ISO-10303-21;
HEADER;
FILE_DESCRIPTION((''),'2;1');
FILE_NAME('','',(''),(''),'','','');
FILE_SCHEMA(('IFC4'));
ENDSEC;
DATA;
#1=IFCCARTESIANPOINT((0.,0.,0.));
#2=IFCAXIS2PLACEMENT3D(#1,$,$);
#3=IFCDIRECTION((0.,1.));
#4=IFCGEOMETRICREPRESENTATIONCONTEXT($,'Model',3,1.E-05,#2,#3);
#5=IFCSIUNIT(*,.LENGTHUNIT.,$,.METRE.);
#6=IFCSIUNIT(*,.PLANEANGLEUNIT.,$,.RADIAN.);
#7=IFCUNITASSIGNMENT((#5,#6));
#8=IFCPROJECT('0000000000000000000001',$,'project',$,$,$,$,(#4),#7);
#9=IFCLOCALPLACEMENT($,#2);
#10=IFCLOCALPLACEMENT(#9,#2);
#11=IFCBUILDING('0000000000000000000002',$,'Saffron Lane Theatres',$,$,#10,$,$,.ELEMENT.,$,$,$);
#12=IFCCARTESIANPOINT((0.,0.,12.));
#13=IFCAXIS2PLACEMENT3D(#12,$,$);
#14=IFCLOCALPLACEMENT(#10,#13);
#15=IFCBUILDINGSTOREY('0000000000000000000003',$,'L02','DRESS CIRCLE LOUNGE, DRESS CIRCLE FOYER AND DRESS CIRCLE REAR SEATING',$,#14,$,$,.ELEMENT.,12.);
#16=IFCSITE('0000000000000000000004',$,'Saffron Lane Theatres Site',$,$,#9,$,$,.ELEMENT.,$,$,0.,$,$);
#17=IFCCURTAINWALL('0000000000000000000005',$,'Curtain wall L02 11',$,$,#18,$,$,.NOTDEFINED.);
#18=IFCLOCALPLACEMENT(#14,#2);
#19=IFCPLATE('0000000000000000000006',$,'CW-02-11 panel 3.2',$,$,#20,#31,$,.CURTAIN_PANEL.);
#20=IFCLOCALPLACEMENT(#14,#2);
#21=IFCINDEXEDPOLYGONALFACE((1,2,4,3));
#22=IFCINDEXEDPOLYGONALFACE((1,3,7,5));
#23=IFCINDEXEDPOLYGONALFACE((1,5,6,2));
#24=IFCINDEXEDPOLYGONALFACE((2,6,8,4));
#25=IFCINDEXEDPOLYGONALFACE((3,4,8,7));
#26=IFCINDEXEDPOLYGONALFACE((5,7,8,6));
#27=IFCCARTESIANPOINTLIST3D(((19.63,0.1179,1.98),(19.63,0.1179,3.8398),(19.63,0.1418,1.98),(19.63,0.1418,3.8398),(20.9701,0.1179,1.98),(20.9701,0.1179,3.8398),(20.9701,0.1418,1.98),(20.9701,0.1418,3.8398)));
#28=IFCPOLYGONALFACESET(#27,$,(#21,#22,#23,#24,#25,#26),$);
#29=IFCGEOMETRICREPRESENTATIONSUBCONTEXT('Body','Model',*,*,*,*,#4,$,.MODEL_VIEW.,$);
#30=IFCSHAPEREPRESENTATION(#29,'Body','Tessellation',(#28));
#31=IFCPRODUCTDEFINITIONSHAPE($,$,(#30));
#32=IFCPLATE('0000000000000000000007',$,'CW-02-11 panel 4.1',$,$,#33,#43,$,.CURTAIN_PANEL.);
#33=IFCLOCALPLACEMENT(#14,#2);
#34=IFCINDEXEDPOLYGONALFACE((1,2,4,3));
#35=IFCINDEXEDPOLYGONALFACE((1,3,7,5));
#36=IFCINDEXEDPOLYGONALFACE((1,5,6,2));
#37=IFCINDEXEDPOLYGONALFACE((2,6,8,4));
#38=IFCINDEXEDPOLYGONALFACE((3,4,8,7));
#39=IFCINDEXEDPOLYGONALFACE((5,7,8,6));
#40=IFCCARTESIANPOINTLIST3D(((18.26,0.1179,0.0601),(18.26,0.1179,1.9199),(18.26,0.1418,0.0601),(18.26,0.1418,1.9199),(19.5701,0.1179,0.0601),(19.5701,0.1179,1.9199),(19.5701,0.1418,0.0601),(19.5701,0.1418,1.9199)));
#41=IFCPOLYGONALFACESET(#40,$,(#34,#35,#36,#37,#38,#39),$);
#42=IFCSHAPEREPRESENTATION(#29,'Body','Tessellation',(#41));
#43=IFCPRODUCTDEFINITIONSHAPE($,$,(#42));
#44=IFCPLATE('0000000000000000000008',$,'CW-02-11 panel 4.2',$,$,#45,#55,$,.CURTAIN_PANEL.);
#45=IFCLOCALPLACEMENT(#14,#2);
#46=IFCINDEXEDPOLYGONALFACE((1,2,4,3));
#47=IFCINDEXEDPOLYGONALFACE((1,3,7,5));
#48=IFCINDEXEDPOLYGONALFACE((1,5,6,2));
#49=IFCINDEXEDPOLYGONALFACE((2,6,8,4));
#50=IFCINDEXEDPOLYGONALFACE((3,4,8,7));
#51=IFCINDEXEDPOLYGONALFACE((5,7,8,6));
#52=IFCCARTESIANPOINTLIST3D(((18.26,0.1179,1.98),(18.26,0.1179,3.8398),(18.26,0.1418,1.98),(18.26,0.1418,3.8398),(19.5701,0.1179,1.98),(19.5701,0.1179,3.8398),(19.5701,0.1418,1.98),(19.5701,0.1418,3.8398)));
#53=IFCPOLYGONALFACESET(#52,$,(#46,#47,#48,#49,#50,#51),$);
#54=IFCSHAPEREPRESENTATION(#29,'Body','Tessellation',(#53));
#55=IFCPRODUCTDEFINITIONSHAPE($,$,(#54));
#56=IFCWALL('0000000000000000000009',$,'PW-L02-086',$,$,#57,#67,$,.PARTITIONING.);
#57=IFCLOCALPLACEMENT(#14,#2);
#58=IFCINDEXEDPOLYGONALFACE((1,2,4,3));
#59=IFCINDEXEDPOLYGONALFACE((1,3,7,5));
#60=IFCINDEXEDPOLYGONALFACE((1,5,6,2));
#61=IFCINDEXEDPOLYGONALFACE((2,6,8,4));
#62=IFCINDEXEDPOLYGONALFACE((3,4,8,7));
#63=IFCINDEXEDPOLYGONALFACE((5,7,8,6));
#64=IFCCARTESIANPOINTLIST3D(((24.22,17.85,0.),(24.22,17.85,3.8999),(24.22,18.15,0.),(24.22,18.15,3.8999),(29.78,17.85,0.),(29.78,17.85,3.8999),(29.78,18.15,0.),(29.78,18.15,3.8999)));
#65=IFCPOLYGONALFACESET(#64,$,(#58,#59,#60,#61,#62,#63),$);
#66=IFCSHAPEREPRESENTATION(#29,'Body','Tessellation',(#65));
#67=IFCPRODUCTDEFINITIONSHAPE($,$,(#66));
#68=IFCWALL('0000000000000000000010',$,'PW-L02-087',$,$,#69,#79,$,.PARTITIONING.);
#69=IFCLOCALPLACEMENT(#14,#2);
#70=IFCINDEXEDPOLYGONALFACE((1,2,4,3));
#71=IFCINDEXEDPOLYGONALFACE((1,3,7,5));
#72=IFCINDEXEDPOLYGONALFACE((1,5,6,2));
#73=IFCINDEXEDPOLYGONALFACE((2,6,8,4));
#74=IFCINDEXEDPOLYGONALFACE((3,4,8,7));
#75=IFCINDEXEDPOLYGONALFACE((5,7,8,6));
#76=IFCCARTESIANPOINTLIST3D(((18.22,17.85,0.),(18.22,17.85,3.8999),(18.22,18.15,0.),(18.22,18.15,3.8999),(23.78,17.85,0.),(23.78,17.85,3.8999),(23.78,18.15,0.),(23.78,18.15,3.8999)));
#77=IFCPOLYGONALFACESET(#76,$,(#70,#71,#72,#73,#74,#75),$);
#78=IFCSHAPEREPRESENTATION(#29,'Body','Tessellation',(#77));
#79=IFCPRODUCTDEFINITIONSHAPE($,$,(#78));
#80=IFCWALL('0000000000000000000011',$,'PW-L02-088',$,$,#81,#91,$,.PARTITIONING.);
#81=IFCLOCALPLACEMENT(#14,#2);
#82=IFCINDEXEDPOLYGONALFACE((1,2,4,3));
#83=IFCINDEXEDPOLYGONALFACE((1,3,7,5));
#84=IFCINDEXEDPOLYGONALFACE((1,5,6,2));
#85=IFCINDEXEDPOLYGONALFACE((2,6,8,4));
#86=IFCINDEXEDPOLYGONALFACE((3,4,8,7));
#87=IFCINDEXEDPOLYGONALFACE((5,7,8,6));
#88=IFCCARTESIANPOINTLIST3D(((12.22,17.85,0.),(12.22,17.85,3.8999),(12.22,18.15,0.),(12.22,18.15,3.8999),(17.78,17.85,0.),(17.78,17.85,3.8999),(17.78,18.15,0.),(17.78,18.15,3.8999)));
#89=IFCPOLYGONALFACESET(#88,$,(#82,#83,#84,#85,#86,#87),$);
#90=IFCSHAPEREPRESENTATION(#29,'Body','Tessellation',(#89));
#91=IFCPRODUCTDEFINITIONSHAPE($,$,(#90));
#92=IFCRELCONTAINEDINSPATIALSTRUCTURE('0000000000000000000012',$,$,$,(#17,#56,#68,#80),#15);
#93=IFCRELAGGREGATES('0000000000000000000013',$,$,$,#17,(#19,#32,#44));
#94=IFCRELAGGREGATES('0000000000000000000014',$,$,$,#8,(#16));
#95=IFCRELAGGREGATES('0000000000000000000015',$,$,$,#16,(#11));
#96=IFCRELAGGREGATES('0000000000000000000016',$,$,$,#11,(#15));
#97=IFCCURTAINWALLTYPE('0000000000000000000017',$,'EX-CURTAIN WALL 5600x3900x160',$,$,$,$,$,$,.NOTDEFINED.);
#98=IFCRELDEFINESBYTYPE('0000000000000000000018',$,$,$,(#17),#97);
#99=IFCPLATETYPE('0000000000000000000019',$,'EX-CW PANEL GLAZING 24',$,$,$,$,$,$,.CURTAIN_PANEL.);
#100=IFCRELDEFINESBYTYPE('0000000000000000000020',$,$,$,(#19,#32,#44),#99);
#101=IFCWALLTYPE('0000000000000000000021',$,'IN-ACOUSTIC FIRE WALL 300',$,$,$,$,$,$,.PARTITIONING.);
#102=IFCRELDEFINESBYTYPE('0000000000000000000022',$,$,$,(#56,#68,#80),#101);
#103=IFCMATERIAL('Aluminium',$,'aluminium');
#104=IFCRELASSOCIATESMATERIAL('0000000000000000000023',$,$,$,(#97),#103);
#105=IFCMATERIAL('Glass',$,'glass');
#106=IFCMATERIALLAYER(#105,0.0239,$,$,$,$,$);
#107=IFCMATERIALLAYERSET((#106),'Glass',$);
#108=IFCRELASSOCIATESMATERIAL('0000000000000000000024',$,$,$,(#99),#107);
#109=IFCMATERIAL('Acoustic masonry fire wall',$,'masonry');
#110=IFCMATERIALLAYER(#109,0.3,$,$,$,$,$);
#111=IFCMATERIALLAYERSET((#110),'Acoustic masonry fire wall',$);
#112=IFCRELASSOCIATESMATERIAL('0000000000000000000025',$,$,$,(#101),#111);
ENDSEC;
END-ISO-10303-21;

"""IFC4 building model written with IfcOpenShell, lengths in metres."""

from ifc_helpers import new_model, si_unit, direction, frame, frame_2d, origin, origin_2d, place, context, subcontext, project, spatial, rectangle, extrude, material, layer, layer_set, type_object, element, aggregate, save


model = new_model("IFC4")

# Units and contexts
model_context = context("Model", 3, precision=1e-05, world=origin(), true_north=direction((0.0, 1.0)))
body_context = subcontext(model_context, "Body", "Model", "MODEL_VIEW")
ifc_project = project(units=[si_unit("LENGTHUNIT", "METRE"), si_unit("PLANEANGLEUNIT", "RADIAN")], contexts=[model_context])

# Site, building, storey
site_placement = place(None, origin())
site = spatial("IfcSite", under=ifc_project, at=site_placement, Name="Saffron Lane Theatres Site", CompositionType="ELEMENT", RefElevation=0.0)
building_placement = place(site_placement, origin())
building = spatial("IfcBuilding", under=site, at=building_placement, Name="Saffron Lane Theatres", CompositionType="ELEMENT")
storey_placement = place(building_placement, frame((0.0, 0.0, 12.0)))
storey = spatial("IfcBuildingStorey", under=building, at=storey_placement, Name="L02", Description="DRESS CIRCLE LOUNGE, DRESS CIRCLE FOYER AND DRESS CIRCLE REAR SEATING", CompositionType="ELEMENT", Elevation=12.0)

# Shared definitions
ifc_material_1 = material(Name="Aluminium", Category="aluminium")
curtain_wall_type = type_object("IfcCurtainWallType", Name="EX-CURTAIN WALL 5600x3900x160", PredefinedType="NOTDEFINED", material=ifc_material_1)

# Curtain wall
curtain_wall_1_placement = place(storey_placement, origin())
curtain_wall_1 = element("IfcCurtainWall", 1, at=curtain_wall_1_placement, inside=storey, type_object=curtain_wall_type, Name="Curtain wall L02 11", PredefinedType="NOTDEFINED")

# Plates
ifc_material_2 = material(Name="Glass", Category="glass")
ifc_layer_1 = layer(ifc_material_2, 0.0239)
ifc_layer_set_1 = layer_set([ifc_layer_1], Name="Glass")
plate_type = type_object("IfcPlateType", Name="EX-CW PANEL GLAZING 24", PredefinedType="CURTAIN_PANEL", material=ifc_layer_set_1)
plate_1_placement = place(storey_placement, frame((20.3, 0.1299, 1.98), z_axis=(0.0, 0.0, 1.0), x_axis=(-1.0, 0.0, 0.0)))
plate_1 = element("IfcPlate", 2, at=plate_1_placement, type_object=plate_type, Name="CW-02-11 panel 3.2", PredefinedType="CURTAIN_PANEL", context=body_context, shape_type="SweptSolid", body=[
    extrude(rectangle(XDim=1.3401, YDim=0.0239, at=origin_2d()), origin(), (0.0, 0.0, 1.0), 1.8599),
])
plate_2_placement = place(storey_placement, frame((18.915, 0.1299, 0.0601), z_axis=(0.0, 0.0, 1.0), x_axis=(-1.0, 0.0, 0.0)))
plate_2 = element("IfcPlate", 3, at=plate_2_placement, type_object=plate_type, Name="CW-02-11 panel 4.1", PredefinedType="CURTAIN_PANEL", context=body_context, shape_type="SweptSolid", body=[
    extrude(rectangle(XDim=1.3101, YDim=0.0239, at=origin_2d()), origin(), (0.0, 0.0, 1.0), 1.8599),
])
plate_3_placement = place(storey_placement, frame((18.915, 0.1299, 1.98), z_axis=(0.0, 0.0, 1.0), x_axis=(-1.0, 0.0, 0.0)))
plate_3 = element("IfcPlate", 4, at=plate_3_placement, type_object=plate_type, Name="CW-02-11 panel 4.2", PredefinedType="CURTAIN_PANEL", context=body_context, shape_type="SweptSolid", body=[
    extrude(rectangle(XDim=1.3101, YDim=0.0239, at=origin_2d()), origin(), (0.0, 0.0, 1.0), 1.8599),
])
aggregate(curtain_wall_1, [plate_1, plate_2, plate_3])

# Walls
ifc_material_3 = material(Name="Acoustic masonry fire wall", Category="masonry")
ifc_layer_2 = layer(ifc_material_3, 0.3)
ifc_layer_set_2 = layer_set([ifc_layer_2], Name="Acoustic masonry fire wall")
wall_type = type_object("IfcWallType", Name="IN-ACOUSTIC FIRE WALL 300", PredefinedType="PARTITIONING", material=ifc_layer_set_2)
for number, where, z_axis, x_axis, name in (
    (5, (24.22, 18.0, 0.0), (0.0, 0.0, 1.0), (1.0, 0.0, 0.0), "PW-L02-086"),
    (6, (18.22, 18.0, 0.0), (0.0, 0.0, 1.0), (1.0, 0.0, 0.0), "PW-L02-087"),
    (7, (12.22, 18.0, 0.0), (0.0, 0.0, 1.0), (1.0, 0.0, 0.0), "PW-L02-088"),
):
    element("IfcWall", number, at=place(storey_placement, frame(where, z_axis=z_axis, x_axis=x_axis)), inside=storey, type_object=wall_type, Name=name, PredefinedType="PARTITIONING", context=body_context, shape_type="SweptSolid", body=[
        extrude(rectangle(XDim=5.5601, YDim=0.3, at=frame_2d((2.78, 0.0))), origin(), (0.0, 0.0, 1.0), 3.8999),
    ])

save(model, "model.ifc")
